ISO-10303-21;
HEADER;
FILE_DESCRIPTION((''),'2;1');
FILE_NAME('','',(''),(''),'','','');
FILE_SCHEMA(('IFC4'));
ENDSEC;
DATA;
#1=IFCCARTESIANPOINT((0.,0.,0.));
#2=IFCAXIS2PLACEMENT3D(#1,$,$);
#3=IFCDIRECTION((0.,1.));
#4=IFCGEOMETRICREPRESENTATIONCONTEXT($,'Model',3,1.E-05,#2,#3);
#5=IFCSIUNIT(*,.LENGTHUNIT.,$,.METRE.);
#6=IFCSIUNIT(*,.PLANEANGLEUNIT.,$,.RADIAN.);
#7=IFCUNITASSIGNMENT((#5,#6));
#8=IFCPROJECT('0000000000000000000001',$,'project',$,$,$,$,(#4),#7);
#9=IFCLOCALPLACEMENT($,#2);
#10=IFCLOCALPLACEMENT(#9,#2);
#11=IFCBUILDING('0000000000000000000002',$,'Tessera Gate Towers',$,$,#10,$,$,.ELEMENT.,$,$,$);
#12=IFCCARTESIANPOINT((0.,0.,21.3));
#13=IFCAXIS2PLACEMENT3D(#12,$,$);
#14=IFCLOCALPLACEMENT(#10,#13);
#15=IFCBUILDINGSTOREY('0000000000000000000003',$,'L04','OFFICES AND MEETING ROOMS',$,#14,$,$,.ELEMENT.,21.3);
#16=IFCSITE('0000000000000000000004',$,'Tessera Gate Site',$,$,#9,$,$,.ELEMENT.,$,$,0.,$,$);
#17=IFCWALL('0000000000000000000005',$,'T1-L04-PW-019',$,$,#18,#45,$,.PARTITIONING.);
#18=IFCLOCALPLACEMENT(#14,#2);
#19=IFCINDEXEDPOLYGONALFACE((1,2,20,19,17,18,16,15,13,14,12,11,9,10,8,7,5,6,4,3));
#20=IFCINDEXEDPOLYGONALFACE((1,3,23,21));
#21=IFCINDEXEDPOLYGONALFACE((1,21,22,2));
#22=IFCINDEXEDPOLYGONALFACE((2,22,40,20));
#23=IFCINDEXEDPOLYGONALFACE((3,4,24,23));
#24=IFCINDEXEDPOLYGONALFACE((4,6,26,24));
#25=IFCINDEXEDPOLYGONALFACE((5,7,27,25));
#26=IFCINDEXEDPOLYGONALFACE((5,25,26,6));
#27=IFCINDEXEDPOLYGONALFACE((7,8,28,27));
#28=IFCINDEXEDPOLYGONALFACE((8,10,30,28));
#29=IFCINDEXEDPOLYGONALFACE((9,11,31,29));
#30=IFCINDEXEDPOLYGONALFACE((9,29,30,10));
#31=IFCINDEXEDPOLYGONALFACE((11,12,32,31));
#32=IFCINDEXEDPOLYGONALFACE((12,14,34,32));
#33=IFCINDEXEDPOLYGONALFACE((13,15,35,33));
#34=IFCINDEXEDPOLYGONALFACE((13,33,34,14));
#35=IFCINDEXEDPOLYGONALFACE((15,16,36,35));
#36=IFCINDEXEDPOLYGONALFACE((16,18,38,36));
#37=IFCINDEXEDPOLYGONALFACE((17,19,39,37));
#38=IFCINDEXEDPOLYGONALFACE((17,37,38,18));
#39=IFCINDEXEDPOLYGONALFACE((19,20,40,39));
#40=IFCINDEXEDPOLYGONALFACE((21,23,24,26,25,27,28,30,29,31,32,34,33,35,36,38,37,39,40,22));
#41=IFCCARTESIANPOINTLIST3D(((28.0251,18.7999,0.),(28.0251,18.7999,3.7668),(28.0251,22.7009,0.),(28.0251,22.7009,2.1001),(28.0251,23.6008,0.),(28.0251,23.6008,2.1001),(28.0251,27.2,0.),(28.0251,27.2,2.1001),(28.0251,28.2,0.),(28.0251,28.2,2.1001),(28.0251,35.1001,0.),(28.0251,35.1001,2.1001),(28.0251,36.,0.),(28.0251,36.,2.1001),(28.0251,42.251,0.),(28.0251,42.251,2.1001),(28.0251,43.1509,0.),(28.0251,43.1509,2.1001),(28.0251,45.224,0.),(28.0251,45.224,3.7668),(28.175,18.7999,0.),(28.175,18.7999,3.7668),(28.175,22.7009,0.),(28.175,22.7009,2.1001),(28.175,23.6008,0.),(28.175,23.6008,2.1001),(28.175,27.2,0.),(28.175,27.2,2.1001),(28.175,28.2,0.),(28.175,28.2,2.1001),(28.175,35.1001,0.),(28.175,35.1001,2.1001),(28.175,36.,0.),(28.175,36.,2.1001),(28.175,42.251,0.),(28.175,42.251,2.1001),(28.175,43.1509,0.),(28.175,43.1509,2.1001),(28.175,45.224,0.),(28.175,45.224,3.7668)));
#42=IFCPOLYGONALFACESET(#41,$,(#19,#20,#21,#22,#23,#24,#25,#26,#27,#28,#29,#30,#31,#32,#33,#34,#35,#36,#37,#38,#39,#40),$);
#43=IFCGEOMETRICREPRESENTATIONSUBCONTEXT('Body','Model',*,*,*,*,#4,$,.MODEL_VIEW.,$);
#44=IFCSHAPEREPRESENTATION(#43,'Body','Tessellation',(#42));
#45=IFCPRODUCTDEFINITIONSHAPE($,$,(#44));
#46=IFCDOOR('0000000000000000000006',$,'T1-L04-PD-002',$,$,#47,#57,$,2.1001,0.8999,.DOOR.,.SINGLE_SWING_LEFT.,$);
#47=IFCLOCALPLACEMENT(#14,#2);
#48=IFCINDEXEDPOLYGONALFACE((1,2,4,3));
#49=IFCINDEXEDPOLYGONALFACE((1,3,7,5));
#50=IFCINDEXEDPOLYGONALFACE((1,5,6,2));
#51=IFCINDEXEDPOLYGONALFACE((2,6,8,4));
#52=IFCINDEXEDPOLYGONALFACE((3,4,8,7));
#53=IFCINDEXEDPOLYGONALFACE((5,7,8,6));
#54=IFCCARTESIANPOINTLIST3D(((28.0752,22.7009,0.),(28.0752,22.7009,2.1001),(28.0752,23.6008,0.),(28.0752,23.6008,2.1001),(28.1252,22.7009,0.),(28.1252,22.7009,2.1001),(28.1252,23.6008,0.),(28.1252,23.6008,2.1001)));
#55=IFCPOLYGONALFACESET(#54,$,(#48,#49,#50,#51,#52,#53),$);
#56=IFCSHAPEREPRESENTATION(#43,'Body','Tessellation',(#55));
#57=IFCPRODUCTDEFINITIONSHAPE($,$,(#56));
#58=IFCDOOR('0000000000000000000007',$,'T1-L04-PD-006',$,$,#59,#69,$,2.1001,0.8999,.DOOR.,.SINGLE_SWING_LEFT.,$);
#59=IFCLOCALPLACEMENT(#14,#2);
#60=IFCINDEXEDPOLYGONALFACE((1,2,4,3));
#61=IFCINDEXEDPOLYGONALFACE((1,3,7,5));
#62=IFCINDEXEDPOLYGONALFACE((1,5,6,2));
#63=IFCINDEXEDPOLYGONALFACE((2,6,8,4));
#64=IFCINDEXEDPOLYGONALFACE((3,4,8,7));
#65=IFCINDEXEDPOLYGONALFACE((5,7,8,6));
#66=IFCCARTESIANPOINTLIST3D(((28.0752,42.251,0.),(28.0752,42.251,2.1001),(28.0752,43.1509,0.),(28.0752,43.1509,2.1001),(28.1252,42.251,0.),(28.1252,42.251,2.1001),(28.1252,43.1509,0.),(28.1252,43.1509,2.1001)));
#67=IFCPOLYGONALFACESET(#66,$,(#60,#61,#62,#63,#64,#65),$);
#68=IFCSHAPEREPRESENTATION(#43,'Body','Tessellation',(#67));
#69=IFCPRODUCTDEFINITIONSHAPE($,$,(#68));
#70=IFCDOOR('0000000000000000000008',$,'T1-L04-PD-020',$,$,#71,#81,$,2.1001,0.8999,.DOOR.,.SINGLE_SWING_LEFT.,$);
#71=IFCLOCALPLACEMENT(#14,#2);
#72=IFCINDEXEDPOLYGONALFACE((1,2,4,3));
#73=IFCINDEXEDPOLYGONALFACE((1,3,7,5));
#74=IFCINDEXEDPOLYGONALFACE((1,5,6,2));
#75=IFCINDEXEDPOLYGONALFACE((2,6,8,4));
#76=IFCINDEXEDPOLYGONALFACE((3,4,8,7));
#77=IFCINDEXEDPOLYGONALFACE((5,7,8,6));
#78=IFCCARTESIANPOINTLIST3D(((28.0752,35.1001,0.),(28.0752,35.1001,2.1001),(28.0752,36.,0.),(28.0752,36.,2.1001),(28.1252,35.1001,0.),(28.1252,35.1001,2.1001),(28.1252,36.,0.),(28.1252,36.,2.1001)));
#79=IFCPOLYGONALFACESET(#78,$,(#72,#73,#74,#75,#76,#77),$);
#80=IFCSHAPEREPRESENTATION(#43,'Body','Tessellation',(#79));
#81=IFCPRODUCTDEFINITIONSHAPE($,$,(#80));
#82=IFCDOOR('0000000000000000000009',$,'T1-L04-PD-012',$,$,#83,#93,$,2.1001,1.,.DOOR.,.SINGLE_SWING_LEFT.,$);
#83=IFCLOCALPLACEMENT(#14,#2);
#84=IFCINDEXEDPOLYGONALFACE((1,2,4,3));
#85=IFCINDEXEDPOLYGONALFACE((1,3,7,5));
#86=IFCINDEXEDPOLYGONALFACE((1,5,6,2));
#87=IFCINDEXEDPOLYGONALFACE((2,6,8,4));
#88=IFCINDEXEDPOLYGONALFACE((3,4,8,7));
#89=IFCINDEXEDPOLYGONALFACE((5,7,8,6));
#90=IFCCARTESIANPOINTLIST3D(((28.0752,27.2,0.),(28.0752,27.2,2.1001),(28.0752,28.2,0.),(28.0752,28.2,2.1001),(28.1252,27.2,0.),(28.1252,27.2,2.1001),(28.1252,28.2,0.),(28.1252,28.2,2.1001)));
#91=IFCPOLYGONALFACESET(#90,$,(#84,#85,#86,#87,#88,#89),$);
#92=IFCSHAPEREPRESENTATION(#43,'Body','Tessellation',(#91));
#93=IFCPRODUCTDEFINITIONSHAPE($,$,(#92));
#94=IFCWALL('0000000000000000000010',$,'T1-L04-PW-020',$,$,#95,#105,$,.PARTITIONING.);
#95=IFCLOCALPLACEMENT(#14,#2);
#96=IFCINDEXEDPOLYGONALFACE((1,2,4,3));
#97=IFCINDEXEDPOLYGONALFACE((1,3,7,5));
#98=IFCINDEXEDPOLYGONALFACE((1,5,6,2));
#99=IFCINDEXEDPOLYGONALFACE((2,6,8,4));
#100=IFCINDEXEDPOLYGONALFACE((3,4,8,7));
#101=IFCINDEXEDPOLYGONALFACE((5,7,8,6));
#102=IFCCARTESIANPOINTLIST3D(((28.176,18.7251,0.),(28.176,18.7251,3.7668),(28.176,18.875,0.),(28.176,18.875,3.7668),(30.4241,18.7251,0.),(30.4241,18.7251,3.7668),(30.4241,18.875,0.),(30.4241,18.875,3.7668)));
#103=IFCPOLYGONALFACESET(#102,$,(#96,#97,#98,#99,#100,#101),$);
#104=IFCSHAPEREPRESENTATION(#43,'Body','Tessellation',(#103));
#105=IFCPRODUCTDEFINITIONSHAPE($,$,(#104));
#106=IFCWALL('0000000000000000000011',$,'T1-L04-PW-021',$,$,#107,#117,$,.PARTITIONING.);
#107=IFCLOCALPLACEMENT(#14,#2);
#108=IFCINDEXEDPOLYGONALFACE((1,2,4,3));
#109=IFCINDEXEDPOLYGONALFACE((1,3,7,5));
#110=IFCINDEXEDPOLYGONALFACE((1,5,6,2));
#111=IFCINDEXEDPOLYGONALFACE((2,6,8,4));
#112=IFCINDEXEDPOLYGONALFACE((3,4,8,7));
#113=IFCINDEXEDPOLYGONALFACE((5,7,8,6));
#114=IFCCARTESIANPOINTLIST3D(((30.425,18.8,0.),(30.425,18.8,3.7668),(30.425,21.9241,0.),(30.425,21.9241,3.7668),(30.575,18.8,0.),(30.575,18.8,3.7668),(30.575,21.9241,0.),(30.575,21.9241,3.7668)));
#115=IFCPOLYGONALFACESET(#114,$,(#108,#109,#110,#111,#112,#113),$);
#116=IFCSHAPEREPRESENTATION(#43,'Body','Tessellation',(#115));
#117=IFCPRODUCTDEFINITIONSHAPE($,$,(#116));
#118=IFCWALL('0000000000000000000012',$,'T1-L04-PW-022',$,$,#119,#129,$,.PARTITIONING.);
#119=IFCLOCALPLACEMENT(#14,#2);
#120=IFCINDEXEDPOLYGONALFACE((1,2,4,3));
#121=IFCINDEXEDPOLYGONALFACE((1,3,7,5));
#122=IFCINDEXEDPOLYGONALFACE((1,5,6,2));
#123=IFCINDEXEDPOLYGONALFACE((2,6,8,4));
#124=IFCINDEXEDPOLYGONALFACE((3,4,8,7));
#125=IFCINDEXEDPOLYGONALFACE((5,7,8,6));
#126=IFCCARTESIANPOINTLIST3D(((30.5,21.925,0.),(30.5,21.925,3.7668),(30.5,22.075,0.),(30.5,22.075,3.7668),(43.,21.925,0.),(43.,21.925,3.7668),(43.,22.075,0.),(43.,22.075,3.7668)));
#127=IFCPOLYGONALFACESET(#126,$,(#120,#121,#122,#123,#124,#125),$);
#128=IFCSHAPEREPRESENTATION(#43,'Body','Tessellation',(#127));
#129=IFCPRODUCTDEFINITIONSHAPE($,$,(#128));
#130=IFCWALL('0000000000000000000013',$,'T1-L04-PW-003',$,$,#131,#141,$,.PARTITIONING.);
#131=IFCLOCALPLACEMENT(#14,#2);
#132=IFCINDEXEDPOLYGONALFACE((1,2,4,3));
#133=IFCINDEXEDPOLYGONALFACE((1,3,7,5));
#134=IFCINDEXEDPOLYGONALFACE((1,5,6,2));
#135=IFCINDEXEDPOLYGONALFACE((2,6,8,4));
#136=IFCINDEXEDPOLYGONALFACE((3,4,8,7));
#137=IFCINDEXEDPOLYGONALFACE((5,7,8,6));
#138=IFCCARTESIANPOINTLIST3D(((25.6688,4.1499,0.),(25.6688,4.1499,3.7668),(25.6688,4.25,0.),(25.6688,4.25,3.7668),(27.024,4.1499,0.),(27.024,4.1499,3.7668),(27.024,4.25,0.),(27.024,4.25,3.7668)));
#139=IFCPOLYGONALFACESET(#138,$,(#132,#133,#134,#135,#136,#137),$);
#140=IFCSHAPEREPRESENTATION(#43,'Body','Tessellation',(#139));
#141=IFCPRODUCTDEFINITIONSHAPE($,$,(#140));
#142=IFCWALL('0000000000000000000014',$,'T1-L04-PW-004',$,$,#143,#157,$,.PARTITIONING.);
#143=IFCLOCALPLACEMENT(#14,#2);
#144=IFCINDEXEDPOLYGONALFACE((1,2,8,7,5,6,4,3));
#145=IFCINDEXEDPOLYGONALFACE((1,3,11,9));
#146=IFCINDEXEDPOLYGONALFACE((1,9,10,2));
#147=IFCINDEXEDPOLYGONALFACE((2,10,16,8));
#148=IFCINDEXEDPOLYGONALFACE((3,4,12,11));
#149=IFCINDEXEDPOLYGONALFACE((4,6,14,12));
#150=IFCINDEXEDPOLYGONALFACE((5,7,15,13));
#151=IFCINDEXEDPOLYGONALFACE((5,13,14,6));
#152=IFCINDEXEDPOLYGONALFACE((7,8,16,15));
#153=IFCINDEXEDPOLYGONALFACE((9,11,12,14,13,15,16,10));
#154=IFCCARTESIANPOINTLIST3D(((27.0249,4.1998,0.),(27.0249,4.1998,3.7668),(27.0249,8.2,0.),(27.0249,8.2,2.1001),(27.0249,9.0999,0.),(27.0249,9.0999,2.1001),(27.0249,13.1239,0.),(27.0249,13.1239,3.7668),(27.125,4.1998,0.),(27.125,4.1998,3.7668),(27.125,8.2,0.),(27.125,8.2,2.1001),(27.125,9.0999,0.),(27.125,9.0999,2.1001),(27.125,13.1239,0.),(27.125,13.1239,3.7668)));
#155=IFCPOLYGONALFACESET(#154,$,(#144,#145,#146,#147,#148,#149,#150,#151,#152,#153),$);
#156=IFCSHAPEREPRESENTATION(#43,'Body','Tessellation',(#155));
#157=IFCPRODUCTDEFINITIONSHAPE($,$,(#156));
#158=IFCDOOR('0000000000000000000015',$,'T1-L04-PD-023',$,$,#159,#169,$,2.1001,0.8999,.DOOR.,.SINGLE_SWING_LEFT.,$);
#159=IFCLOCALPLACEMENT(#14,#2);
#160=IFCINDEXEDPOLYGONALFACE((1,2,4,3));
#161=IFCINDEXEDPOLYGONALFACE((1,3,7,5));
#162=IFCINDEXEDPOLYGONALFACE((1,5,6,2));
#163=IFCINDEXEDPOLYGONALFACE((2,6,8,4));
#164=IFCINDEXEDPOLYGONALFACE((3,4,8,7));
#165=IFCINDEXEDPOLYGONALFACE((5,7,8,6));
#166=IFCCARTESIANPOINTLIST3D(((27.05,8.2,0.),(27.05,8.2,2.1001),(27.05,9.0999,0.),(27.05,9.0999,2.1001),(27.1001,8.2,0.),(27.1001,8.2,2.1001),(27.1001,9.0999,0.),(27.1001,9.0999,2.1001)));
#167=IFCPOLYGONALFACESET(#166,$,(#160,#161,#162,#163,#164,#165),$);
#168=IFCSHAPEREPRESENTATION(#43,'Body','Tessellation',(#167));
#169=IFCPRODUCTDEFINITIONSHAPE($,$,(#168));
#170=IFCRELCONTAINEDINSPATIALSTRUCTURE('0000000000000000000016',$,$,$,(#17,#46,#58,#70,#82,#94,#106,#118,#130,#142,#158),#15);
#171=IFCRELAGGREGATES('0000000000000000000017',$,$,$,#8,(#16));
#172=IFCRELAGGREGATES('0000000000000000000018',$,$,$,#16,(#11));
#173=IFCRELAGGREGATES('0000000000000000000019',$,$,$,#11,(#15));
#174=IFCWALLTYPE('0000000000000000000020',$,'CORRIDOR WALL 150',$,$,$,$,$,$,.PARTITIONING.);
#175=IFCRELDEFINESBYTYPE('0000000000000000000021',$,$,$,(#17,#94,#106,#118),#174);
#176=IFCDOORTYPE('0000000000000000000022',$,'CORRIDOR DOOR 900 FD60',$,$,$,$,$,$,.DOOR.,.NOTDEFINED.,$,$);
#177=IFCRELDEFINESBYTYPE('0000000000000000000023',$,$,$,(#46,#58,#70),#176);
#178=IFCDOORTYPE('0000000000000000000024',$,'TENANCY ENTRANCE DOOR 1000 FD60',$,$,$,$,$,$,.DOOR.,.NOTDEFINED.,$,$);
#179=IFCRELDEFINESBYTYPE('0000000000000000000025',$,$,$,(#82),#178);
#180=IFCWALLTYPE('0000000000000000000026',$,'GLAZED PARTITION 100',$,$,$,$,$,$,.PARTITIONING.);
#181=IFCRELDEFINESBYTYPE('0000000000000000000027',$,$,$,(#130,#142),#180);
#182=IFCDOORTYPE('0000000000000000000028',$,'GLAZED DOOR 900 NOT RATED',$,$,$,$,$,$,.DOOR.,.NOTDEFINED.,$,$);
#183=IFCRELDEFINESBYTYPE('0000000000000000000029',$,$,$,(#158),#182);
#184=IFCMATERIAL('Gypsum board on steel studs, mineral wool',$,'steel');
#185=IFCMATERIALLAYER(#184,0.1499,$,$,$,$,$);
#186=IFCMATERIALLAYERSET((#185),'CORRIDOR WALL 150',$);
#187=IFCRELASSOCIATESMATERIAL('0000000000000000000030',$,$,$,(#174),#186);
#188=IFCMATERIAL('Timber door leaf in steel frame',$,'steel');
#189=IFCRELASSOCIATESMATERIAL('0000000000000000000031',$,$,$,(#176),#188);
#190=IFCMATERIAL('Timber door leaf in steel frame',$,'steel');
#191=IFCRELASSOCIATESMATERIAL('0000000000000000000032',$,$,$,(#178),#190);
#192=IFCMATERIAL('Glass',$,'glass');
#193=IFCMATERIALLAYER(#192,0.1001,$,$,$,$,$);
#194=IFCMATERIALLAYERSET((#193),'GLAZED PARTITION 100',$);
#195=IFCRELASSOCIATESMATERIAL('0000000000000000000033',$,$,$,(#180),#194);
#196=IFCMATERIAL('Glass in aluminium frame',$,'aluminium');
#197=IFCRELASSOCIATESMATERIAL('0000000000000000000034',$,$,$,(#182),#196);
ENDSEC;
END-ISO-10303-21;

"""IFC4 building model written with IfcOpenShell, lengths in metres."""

from ifc_helpers import new_model, si_unit, direction, frame, frame_2d, origin, place, context, subcontext, project, spatial, rectangle, extrude, source, transform, mapped, material, layer, layer_set, type_object, element, fill, save


model = new_model("IFC4")

# Units and contexts
model_context = context("Model", 3, precision=1e-05, world=origin(), true_north=direction((0.0, 1.0)))
body_context = subcontext(model_context, "Body", "Model", "MODEL_VIEW")
ifc_project = project(units=[si_unit("LENGTHUNIT", "METRE"), si_unit("PLANEANGLEUNIT", "RADIAN")], contexts=[model_context])

# Site, building, storey
site_placement = place(None, origin())
site = spatial("IfcSite", under=ifc_project, at=site_placement, Name="Tessera Gate Site", CompositionType="ELEMENT", RefElevation=0.0)
building_placement = place(site_placement, origin())
building = spatial("IfcBuilding", under=site, at=building_placement, Name="Tessera Gate Towers", CompositionType="ELEMENT")
storey_placement = place(building_placement, frame((0.0, 0.0, 21.3)))
storey = spatial("IfcBuildingStorey", under=building, at=storey_placement, Name="L04", Description="OFFICES AND MEETING ROOMS", CompositionType="ELEMENT", Elevation=21.3)

# Wall, openings, doors
ifc_material_1 = material(Name="Gypsum board on steel studs, mineral wool", Category="steel")
ifc_layer_1 = layer(ifc_material_1, 0.1499)
ifc_layer_set_1 = layer_set([ifc_layer_1], Name="CORRIDOR WALL 150")
wall_type_1 = type_object("IfcWallType", Name="CORRIDOR WALL 150", PredefinedType="PARTITIONING", material=ifc_layer_set_1)
wall_1_placement = place(storey_placement, frame((28.1001, 18.8, 0.0), z_axis=(0.0, 0.0, 1.0), x_axis=(0.0, 1.0, 0.0)))
wall_1 = element("IfcWall", 1, at=wall_1_placement, inside=storey, type_object=wall_type_1, Name="T1-L04-PW-019", PredefinedType="PARTITIONING", context=body_context, shape_type="SweptSolid", body=[
    extrude(rectangle(XDim=26.4241, YDim=0.1499, at=frame_2d((13.2119, 0.0))), origin(), (0.0, 0.0, 1.0), 3.7668),
])
shared_shape_1 = source(origin(), body_context, "Body", "SweptSolid", [
    extrude(rectangle(XDim=0.8999, YDim=2.1001, at=frame_2d((0.45, 1.05))), frame((0.0, 0.085, 0.0), z_axis=(0.0, -1.0, 0.0), x_axis=(1.0, 0.0, 0.0)), (0.0, 0.0, 1.0), 0.1699),
])
opening_1_placement = place(wall_1_placement, frame((3.9009, 0.0, 0.0)))
opening_1 = element("IfcOpeningElement", 2, at=opening_1_placement, cuts=wall_1, PredefinedType="OPENING", context=body_context, shape_type="MappedRepresentation", body=[
    mapped(shared_shape_1, transform((0.0, 0.0, 0.0), scale=1.0)),
])
opening_2_placement = place(wall_1_placement, frame((23.4509, 0.0, 0.0)))
opening_2 = element("IfcOpeningElement", 3, at=opening_2_placement, cuts=wall_1, PredefinedType="OPENING", context=body_context, shape_type="MappedRepresentation", body=[
    mapped(shared_shape_1, transform((0.0, 0.0, 0.0), scale=1.0)),
])
shared_shape_2 = source(origin(), body_context, "Body", "SweptSolid", [
    extrude(rectangle(XDim=1.0, YDim=2.1001, at=frame_2d((0.5, 1.05))), frame((0.0, 0.085, 0.0), z_axis=(0.0, -1.0, 0.0), x_axis=(1.0, 0.0, 0.0)), (0.0, 0.0, 1.0), 0.1699),
])
opening_3_placement = place(wall_1_placement, frame((8.3999, 0.0, 0.0)))
opening_3 = element("IfcOpeningElement", 4, at=opening_3_placement, cuts=wall_1, PredefinedType="OPENING", context=body_context, shape_type="MappedRepresentation", body=[
    mapped(shared_shape_2, transform((0.0, 0.0, 0.0), scale=1.0)),
])
opening_4_placement = place(wall_1_placement, frame((16.3, 0.0, 0.0)))
opening_4 = element("IfcOpeningElement", 5, at=opening_4_placement, cuts=wall_1, PredefinedType="OPENING", context=body_context, shape_type="MappedRepresentation", body=[
    mapped(shared_shape_1, transform((0.0, 0.0, 0.0), scale=1.0)),
])
ifc_material_2 = material(Name="Timber door leaf in steel frame", Category="steel")
door_type_1 = type_object("IfcDoorType", Name="CORRIDOR DOOR 900 FD60", OperationType="NOTDEFINED", PredefinedType="DOOR", material=ifc_material_2)
shared_shape_3 = source(origin(), body_context, "Body", "SweptSolid", [
    extrude(rectangle(XDim=0.8999, YDim=2.1001, at=frame_2d((0.45, 1.05))), frame((0.0, 0.0249, 0.0), z_axis=(0.0, -1.0, 0.0), x_axis=(1.0, 0.0, 0.0)), (0.0, 0.0, 1.0), 0.05),
])
door_1_placement = place(opening_1_placement, origin())
door_1 = element("IfcDoor", 6, at=door_1_placement, inside=storey, type_object=door_type_1, Name="T1-L04-PD-002", OperationType="SINGLE_SWING_LEFT", OverallHeight=2.1001, OverallWidth=0.8999, PredefinedType="DOOR", context=body_context, shape_type="MappedRepresentation", body=[
    mapped(shared_shape_3, transform((0.0, 0.0, 0.0), scale=1.0)),
])
fill(opening_1, door_1)
door_2_placement = place(opening_2_placement, origin())
door_2 = element("IfcDoor", 7, at=door_2_placement, inside=storey, type_object=door_type_1, Name="T1-L04-PD-006", OperationType="SINGLE_SWING_LEFT", OverallHeight=2.1001, OverallWidth=0.8999, PredefinedType="DOOR", context=body_context, shape_type="MappedRepresentation", body=[
    mapped(shared_shape_3, transform((0.0, 0.0, 0.0), scale=1.0)),
])
fill(opening_2, door_2)
door_3_placement = place(opening_4_placement, origin())
door_3 = element("IfcDoor", 8, at=door_3_placement, inside=storey, type_object=door_type_1, Name="T1-L04-PD-020", OperationType="SINGLE_SWING_LEFT", OverallHeight=2.1001, OverallWidth=0.8999, PredefinedType="DOOR", context=body_context, shape_type="MappedRepresentation", body=[
    mapped(shared_shape_3, transform((0.0, 0.0, 0.0), scale=1.0)),
])
fill(opening_4, door_3)
ifc_material_3 = material(Name="Timber door leaf in steel frame", Category="steel")
door_type_2 = type_object("IfcDoorType", Name="TENANCY ENTRANCE DOOR 1000 FD60", OperationType="NOTDEFINED", PredefinedType="DOOR", material=ifc_material_3)
shared_shape_4 = source(origin(), body_context, "Body", "SweptSolid", [
    extrude(rectangle(XDim=1.0, YDim=2.1001, at=frame_2d((0.5, 1.05))), frame((0.0, 0.0249, 0.0), z_axis=(0.0, -1.0, 0.0), x_axis=(1.0, 0.0, 0.0)), (0.0, 0.0, 1.0), 0.05),
])
door_4_placement = place(opening_3_placement, origin())
door_4 = element("IfcDoor", 9, at=door_4_placement, inside=storey, type_object=door_type_2, Name="T1-L04-PD-012", OperationType="SINGLE_SWING_LEFT", OverallHeight=2.1001, OverallWidth=1.0, PredefinedType="DOOR", context=body_context, shape_type="MappedRepresentation", body=[
    mapped(shared_shape_4, transform((0.0, 0.0, 0.0), scale=1.0)),
])
fill(opening_3, door_4)

# Walls
wall_2_placement = place(storey_placement, frame((28.176, 18.8, 0.0), z_axis=(0.0, 0.0, 1.0), x_axis=(1.0, 0.0, 0.0)))
element("IfcWall", 10, at=wall_2_placement, inside=storey, type_object=wall_type_1, Name="T1-L04-PW-020", PredefinedType="PARTITIONING", context=body_context, shape_type="SweptSolid", body=[
    extrude(rectangle(XDim=2.248, YDim=0.1499, at=frame_2d((1.124, 0.0))), origin(), (0.0, 0.0, 1.0), 3.7668),
])
wall_3_placement = place(storey_placement, frame((30.5, 18.8, 0.0), z_axis=(0.0, 0.0, 1.0), x_axis=(0.0, 1.0, 0.0)))
element("IfcWall", 11, at=wall_3_placement, inside=storey, type_object=wall_type_1, Name="T1-L04-PW-021", PredefinedType="PARTITIONING", context=body_context, shape_type="SweptSolid", body=[
    extrude(rectangle(XDim=3.124, YDim=0.1499, at=frame_2d((1.562, 0.0))), origin(), (0.0, 0.0, 1.0), 3.7668),
])
wall_4_placement = place(storey_placement, frame((30.5, 22.0, 0.0), z_axis=(0.0, 0.0, 1.0), x_axis=(1.0, 0.0, 0.0)))
element("IfcWall", 12, at=wall_4_placement, inside=storey, type_object=wall_type_1, Name="T1-L04-PW-022", PredefinedType="PARTITIONING", context=body_context, shape_type="SweptSolid", body=[
    extrude(rectangle(XDim=12.5, YDim=0.1499, at=frame_2d((6.25, 0.0))), origin(), (0.0, 0.0, 1.0), 3.7668),
])
ifc_material_4 = material(Name="Glass", Category="glass")
ifc_layer_2 = layer(ifc_material_4, 0.1001)
ifc_layer_set_2 = layer_set([ifc_layer_2], Name="GLAZED PARTITION 100")
wall_type_2 = type_object("IfcWallType", Name="GLAZED PARTITION 100", PredefinedType="PARTITIONING", material=ifc_layer_set_2)
wall_5_placement = place(storey_placement, frame((25.6687, 4.2, 0.0), z_axis=(0.0, 0.0, 1.0), x_axis=(1.0, 0.0, 0.0)))
element("IfcWall", 13, at=wall_5_placement, inside=storey, type_object=wall_type_2, Name="T1-L04-PW-003", PredefinedType="PARTITIONING", context=body_context, shape_type="SweptSolid", body=[
    extrude(rectangle(XDim=1.3552, YDim=0.1001, at=frame_2d((0.6777, 0.0))), origin(), (0.0, 0.0, 1.0), 3.7668),
])

# Wall, opening, door
wall_6_placement = place(storey_placement, frame((27.075, 4.2, 0.0), z_axis=(0.0, 0.0, 1.0), x_axis=(0.0, 1.0, 0.0)))
wall_6 = element("IfcWall", 14, at=wall_6_placement, inside=storey, type_object=wall_type_2, Name="T1-L04-PW-004", PredefinedType="PARTITIONING", context=body_context, shape_type="SweptSolid", body=[
    extrude(rectangle(XDim=8.9241, YDim=0.1001, at=frame_2d((4.4619, 0.0))), origin(), (0.0, 0.0, 1.0), 3.7668),
])
shared_shape_5 = source(origin(), body_context, "Body", "SweptSolid", [
    extrude(rectangle(XDim=0.8999, YDim=2.1001, at=frame_2d((0.45, 1.05))), frame((0.0, 0.0601, 0.0), z_axis=(0.0, -1.0, 0.0), x_axis=(1.0, 0.0, 0.0)), (0.0, 0.0, 1.0), 0.1201),
])
opening_5_placement = place(wall_6_placement, frame((4.0, 0.0, 0.0)))
opening_5 = element("IfcOpeningElement", 15, at=opening_5_placement, cuts=wall_6, PredefinedType="OPENING", context=body_context, shape_type="MappedRepresentation", body=[
    mapped(shared_shape_5, transform((0.0, 0.0, 0.0), scale=1.0)),
])
ifc_material_5 = material(Name="Glass in aluminium frame", Category="aluminium")
door_type_3 = type_object("IfcDoorType", Name="GLAZED DOOR 900 NOT RATED", OperationType="NOTDEFINED", PredefinedType="DOOR", material=ifc_material_5)
door_5_placement = place(opening_5_placement, origin())
door_5 = element("IfcDoor", 16, at=door_5_placement, inside=storey, type_object=door_type_3, Name="T1-L04-PD-023", OperationType="SINGLE_SWING_LEFT", OverallHeight=2.1001, OverallWidth=0.8999, PredefinedType="DOOR", context=body_context, shape_type="MappedRepresentation", body=[
    mapped(shared_shape_3, transform((0.0, 0.0, 0.0), scale=1.0)),
])
fill(opening_5, door_5)

save(model, "model.ifc")
